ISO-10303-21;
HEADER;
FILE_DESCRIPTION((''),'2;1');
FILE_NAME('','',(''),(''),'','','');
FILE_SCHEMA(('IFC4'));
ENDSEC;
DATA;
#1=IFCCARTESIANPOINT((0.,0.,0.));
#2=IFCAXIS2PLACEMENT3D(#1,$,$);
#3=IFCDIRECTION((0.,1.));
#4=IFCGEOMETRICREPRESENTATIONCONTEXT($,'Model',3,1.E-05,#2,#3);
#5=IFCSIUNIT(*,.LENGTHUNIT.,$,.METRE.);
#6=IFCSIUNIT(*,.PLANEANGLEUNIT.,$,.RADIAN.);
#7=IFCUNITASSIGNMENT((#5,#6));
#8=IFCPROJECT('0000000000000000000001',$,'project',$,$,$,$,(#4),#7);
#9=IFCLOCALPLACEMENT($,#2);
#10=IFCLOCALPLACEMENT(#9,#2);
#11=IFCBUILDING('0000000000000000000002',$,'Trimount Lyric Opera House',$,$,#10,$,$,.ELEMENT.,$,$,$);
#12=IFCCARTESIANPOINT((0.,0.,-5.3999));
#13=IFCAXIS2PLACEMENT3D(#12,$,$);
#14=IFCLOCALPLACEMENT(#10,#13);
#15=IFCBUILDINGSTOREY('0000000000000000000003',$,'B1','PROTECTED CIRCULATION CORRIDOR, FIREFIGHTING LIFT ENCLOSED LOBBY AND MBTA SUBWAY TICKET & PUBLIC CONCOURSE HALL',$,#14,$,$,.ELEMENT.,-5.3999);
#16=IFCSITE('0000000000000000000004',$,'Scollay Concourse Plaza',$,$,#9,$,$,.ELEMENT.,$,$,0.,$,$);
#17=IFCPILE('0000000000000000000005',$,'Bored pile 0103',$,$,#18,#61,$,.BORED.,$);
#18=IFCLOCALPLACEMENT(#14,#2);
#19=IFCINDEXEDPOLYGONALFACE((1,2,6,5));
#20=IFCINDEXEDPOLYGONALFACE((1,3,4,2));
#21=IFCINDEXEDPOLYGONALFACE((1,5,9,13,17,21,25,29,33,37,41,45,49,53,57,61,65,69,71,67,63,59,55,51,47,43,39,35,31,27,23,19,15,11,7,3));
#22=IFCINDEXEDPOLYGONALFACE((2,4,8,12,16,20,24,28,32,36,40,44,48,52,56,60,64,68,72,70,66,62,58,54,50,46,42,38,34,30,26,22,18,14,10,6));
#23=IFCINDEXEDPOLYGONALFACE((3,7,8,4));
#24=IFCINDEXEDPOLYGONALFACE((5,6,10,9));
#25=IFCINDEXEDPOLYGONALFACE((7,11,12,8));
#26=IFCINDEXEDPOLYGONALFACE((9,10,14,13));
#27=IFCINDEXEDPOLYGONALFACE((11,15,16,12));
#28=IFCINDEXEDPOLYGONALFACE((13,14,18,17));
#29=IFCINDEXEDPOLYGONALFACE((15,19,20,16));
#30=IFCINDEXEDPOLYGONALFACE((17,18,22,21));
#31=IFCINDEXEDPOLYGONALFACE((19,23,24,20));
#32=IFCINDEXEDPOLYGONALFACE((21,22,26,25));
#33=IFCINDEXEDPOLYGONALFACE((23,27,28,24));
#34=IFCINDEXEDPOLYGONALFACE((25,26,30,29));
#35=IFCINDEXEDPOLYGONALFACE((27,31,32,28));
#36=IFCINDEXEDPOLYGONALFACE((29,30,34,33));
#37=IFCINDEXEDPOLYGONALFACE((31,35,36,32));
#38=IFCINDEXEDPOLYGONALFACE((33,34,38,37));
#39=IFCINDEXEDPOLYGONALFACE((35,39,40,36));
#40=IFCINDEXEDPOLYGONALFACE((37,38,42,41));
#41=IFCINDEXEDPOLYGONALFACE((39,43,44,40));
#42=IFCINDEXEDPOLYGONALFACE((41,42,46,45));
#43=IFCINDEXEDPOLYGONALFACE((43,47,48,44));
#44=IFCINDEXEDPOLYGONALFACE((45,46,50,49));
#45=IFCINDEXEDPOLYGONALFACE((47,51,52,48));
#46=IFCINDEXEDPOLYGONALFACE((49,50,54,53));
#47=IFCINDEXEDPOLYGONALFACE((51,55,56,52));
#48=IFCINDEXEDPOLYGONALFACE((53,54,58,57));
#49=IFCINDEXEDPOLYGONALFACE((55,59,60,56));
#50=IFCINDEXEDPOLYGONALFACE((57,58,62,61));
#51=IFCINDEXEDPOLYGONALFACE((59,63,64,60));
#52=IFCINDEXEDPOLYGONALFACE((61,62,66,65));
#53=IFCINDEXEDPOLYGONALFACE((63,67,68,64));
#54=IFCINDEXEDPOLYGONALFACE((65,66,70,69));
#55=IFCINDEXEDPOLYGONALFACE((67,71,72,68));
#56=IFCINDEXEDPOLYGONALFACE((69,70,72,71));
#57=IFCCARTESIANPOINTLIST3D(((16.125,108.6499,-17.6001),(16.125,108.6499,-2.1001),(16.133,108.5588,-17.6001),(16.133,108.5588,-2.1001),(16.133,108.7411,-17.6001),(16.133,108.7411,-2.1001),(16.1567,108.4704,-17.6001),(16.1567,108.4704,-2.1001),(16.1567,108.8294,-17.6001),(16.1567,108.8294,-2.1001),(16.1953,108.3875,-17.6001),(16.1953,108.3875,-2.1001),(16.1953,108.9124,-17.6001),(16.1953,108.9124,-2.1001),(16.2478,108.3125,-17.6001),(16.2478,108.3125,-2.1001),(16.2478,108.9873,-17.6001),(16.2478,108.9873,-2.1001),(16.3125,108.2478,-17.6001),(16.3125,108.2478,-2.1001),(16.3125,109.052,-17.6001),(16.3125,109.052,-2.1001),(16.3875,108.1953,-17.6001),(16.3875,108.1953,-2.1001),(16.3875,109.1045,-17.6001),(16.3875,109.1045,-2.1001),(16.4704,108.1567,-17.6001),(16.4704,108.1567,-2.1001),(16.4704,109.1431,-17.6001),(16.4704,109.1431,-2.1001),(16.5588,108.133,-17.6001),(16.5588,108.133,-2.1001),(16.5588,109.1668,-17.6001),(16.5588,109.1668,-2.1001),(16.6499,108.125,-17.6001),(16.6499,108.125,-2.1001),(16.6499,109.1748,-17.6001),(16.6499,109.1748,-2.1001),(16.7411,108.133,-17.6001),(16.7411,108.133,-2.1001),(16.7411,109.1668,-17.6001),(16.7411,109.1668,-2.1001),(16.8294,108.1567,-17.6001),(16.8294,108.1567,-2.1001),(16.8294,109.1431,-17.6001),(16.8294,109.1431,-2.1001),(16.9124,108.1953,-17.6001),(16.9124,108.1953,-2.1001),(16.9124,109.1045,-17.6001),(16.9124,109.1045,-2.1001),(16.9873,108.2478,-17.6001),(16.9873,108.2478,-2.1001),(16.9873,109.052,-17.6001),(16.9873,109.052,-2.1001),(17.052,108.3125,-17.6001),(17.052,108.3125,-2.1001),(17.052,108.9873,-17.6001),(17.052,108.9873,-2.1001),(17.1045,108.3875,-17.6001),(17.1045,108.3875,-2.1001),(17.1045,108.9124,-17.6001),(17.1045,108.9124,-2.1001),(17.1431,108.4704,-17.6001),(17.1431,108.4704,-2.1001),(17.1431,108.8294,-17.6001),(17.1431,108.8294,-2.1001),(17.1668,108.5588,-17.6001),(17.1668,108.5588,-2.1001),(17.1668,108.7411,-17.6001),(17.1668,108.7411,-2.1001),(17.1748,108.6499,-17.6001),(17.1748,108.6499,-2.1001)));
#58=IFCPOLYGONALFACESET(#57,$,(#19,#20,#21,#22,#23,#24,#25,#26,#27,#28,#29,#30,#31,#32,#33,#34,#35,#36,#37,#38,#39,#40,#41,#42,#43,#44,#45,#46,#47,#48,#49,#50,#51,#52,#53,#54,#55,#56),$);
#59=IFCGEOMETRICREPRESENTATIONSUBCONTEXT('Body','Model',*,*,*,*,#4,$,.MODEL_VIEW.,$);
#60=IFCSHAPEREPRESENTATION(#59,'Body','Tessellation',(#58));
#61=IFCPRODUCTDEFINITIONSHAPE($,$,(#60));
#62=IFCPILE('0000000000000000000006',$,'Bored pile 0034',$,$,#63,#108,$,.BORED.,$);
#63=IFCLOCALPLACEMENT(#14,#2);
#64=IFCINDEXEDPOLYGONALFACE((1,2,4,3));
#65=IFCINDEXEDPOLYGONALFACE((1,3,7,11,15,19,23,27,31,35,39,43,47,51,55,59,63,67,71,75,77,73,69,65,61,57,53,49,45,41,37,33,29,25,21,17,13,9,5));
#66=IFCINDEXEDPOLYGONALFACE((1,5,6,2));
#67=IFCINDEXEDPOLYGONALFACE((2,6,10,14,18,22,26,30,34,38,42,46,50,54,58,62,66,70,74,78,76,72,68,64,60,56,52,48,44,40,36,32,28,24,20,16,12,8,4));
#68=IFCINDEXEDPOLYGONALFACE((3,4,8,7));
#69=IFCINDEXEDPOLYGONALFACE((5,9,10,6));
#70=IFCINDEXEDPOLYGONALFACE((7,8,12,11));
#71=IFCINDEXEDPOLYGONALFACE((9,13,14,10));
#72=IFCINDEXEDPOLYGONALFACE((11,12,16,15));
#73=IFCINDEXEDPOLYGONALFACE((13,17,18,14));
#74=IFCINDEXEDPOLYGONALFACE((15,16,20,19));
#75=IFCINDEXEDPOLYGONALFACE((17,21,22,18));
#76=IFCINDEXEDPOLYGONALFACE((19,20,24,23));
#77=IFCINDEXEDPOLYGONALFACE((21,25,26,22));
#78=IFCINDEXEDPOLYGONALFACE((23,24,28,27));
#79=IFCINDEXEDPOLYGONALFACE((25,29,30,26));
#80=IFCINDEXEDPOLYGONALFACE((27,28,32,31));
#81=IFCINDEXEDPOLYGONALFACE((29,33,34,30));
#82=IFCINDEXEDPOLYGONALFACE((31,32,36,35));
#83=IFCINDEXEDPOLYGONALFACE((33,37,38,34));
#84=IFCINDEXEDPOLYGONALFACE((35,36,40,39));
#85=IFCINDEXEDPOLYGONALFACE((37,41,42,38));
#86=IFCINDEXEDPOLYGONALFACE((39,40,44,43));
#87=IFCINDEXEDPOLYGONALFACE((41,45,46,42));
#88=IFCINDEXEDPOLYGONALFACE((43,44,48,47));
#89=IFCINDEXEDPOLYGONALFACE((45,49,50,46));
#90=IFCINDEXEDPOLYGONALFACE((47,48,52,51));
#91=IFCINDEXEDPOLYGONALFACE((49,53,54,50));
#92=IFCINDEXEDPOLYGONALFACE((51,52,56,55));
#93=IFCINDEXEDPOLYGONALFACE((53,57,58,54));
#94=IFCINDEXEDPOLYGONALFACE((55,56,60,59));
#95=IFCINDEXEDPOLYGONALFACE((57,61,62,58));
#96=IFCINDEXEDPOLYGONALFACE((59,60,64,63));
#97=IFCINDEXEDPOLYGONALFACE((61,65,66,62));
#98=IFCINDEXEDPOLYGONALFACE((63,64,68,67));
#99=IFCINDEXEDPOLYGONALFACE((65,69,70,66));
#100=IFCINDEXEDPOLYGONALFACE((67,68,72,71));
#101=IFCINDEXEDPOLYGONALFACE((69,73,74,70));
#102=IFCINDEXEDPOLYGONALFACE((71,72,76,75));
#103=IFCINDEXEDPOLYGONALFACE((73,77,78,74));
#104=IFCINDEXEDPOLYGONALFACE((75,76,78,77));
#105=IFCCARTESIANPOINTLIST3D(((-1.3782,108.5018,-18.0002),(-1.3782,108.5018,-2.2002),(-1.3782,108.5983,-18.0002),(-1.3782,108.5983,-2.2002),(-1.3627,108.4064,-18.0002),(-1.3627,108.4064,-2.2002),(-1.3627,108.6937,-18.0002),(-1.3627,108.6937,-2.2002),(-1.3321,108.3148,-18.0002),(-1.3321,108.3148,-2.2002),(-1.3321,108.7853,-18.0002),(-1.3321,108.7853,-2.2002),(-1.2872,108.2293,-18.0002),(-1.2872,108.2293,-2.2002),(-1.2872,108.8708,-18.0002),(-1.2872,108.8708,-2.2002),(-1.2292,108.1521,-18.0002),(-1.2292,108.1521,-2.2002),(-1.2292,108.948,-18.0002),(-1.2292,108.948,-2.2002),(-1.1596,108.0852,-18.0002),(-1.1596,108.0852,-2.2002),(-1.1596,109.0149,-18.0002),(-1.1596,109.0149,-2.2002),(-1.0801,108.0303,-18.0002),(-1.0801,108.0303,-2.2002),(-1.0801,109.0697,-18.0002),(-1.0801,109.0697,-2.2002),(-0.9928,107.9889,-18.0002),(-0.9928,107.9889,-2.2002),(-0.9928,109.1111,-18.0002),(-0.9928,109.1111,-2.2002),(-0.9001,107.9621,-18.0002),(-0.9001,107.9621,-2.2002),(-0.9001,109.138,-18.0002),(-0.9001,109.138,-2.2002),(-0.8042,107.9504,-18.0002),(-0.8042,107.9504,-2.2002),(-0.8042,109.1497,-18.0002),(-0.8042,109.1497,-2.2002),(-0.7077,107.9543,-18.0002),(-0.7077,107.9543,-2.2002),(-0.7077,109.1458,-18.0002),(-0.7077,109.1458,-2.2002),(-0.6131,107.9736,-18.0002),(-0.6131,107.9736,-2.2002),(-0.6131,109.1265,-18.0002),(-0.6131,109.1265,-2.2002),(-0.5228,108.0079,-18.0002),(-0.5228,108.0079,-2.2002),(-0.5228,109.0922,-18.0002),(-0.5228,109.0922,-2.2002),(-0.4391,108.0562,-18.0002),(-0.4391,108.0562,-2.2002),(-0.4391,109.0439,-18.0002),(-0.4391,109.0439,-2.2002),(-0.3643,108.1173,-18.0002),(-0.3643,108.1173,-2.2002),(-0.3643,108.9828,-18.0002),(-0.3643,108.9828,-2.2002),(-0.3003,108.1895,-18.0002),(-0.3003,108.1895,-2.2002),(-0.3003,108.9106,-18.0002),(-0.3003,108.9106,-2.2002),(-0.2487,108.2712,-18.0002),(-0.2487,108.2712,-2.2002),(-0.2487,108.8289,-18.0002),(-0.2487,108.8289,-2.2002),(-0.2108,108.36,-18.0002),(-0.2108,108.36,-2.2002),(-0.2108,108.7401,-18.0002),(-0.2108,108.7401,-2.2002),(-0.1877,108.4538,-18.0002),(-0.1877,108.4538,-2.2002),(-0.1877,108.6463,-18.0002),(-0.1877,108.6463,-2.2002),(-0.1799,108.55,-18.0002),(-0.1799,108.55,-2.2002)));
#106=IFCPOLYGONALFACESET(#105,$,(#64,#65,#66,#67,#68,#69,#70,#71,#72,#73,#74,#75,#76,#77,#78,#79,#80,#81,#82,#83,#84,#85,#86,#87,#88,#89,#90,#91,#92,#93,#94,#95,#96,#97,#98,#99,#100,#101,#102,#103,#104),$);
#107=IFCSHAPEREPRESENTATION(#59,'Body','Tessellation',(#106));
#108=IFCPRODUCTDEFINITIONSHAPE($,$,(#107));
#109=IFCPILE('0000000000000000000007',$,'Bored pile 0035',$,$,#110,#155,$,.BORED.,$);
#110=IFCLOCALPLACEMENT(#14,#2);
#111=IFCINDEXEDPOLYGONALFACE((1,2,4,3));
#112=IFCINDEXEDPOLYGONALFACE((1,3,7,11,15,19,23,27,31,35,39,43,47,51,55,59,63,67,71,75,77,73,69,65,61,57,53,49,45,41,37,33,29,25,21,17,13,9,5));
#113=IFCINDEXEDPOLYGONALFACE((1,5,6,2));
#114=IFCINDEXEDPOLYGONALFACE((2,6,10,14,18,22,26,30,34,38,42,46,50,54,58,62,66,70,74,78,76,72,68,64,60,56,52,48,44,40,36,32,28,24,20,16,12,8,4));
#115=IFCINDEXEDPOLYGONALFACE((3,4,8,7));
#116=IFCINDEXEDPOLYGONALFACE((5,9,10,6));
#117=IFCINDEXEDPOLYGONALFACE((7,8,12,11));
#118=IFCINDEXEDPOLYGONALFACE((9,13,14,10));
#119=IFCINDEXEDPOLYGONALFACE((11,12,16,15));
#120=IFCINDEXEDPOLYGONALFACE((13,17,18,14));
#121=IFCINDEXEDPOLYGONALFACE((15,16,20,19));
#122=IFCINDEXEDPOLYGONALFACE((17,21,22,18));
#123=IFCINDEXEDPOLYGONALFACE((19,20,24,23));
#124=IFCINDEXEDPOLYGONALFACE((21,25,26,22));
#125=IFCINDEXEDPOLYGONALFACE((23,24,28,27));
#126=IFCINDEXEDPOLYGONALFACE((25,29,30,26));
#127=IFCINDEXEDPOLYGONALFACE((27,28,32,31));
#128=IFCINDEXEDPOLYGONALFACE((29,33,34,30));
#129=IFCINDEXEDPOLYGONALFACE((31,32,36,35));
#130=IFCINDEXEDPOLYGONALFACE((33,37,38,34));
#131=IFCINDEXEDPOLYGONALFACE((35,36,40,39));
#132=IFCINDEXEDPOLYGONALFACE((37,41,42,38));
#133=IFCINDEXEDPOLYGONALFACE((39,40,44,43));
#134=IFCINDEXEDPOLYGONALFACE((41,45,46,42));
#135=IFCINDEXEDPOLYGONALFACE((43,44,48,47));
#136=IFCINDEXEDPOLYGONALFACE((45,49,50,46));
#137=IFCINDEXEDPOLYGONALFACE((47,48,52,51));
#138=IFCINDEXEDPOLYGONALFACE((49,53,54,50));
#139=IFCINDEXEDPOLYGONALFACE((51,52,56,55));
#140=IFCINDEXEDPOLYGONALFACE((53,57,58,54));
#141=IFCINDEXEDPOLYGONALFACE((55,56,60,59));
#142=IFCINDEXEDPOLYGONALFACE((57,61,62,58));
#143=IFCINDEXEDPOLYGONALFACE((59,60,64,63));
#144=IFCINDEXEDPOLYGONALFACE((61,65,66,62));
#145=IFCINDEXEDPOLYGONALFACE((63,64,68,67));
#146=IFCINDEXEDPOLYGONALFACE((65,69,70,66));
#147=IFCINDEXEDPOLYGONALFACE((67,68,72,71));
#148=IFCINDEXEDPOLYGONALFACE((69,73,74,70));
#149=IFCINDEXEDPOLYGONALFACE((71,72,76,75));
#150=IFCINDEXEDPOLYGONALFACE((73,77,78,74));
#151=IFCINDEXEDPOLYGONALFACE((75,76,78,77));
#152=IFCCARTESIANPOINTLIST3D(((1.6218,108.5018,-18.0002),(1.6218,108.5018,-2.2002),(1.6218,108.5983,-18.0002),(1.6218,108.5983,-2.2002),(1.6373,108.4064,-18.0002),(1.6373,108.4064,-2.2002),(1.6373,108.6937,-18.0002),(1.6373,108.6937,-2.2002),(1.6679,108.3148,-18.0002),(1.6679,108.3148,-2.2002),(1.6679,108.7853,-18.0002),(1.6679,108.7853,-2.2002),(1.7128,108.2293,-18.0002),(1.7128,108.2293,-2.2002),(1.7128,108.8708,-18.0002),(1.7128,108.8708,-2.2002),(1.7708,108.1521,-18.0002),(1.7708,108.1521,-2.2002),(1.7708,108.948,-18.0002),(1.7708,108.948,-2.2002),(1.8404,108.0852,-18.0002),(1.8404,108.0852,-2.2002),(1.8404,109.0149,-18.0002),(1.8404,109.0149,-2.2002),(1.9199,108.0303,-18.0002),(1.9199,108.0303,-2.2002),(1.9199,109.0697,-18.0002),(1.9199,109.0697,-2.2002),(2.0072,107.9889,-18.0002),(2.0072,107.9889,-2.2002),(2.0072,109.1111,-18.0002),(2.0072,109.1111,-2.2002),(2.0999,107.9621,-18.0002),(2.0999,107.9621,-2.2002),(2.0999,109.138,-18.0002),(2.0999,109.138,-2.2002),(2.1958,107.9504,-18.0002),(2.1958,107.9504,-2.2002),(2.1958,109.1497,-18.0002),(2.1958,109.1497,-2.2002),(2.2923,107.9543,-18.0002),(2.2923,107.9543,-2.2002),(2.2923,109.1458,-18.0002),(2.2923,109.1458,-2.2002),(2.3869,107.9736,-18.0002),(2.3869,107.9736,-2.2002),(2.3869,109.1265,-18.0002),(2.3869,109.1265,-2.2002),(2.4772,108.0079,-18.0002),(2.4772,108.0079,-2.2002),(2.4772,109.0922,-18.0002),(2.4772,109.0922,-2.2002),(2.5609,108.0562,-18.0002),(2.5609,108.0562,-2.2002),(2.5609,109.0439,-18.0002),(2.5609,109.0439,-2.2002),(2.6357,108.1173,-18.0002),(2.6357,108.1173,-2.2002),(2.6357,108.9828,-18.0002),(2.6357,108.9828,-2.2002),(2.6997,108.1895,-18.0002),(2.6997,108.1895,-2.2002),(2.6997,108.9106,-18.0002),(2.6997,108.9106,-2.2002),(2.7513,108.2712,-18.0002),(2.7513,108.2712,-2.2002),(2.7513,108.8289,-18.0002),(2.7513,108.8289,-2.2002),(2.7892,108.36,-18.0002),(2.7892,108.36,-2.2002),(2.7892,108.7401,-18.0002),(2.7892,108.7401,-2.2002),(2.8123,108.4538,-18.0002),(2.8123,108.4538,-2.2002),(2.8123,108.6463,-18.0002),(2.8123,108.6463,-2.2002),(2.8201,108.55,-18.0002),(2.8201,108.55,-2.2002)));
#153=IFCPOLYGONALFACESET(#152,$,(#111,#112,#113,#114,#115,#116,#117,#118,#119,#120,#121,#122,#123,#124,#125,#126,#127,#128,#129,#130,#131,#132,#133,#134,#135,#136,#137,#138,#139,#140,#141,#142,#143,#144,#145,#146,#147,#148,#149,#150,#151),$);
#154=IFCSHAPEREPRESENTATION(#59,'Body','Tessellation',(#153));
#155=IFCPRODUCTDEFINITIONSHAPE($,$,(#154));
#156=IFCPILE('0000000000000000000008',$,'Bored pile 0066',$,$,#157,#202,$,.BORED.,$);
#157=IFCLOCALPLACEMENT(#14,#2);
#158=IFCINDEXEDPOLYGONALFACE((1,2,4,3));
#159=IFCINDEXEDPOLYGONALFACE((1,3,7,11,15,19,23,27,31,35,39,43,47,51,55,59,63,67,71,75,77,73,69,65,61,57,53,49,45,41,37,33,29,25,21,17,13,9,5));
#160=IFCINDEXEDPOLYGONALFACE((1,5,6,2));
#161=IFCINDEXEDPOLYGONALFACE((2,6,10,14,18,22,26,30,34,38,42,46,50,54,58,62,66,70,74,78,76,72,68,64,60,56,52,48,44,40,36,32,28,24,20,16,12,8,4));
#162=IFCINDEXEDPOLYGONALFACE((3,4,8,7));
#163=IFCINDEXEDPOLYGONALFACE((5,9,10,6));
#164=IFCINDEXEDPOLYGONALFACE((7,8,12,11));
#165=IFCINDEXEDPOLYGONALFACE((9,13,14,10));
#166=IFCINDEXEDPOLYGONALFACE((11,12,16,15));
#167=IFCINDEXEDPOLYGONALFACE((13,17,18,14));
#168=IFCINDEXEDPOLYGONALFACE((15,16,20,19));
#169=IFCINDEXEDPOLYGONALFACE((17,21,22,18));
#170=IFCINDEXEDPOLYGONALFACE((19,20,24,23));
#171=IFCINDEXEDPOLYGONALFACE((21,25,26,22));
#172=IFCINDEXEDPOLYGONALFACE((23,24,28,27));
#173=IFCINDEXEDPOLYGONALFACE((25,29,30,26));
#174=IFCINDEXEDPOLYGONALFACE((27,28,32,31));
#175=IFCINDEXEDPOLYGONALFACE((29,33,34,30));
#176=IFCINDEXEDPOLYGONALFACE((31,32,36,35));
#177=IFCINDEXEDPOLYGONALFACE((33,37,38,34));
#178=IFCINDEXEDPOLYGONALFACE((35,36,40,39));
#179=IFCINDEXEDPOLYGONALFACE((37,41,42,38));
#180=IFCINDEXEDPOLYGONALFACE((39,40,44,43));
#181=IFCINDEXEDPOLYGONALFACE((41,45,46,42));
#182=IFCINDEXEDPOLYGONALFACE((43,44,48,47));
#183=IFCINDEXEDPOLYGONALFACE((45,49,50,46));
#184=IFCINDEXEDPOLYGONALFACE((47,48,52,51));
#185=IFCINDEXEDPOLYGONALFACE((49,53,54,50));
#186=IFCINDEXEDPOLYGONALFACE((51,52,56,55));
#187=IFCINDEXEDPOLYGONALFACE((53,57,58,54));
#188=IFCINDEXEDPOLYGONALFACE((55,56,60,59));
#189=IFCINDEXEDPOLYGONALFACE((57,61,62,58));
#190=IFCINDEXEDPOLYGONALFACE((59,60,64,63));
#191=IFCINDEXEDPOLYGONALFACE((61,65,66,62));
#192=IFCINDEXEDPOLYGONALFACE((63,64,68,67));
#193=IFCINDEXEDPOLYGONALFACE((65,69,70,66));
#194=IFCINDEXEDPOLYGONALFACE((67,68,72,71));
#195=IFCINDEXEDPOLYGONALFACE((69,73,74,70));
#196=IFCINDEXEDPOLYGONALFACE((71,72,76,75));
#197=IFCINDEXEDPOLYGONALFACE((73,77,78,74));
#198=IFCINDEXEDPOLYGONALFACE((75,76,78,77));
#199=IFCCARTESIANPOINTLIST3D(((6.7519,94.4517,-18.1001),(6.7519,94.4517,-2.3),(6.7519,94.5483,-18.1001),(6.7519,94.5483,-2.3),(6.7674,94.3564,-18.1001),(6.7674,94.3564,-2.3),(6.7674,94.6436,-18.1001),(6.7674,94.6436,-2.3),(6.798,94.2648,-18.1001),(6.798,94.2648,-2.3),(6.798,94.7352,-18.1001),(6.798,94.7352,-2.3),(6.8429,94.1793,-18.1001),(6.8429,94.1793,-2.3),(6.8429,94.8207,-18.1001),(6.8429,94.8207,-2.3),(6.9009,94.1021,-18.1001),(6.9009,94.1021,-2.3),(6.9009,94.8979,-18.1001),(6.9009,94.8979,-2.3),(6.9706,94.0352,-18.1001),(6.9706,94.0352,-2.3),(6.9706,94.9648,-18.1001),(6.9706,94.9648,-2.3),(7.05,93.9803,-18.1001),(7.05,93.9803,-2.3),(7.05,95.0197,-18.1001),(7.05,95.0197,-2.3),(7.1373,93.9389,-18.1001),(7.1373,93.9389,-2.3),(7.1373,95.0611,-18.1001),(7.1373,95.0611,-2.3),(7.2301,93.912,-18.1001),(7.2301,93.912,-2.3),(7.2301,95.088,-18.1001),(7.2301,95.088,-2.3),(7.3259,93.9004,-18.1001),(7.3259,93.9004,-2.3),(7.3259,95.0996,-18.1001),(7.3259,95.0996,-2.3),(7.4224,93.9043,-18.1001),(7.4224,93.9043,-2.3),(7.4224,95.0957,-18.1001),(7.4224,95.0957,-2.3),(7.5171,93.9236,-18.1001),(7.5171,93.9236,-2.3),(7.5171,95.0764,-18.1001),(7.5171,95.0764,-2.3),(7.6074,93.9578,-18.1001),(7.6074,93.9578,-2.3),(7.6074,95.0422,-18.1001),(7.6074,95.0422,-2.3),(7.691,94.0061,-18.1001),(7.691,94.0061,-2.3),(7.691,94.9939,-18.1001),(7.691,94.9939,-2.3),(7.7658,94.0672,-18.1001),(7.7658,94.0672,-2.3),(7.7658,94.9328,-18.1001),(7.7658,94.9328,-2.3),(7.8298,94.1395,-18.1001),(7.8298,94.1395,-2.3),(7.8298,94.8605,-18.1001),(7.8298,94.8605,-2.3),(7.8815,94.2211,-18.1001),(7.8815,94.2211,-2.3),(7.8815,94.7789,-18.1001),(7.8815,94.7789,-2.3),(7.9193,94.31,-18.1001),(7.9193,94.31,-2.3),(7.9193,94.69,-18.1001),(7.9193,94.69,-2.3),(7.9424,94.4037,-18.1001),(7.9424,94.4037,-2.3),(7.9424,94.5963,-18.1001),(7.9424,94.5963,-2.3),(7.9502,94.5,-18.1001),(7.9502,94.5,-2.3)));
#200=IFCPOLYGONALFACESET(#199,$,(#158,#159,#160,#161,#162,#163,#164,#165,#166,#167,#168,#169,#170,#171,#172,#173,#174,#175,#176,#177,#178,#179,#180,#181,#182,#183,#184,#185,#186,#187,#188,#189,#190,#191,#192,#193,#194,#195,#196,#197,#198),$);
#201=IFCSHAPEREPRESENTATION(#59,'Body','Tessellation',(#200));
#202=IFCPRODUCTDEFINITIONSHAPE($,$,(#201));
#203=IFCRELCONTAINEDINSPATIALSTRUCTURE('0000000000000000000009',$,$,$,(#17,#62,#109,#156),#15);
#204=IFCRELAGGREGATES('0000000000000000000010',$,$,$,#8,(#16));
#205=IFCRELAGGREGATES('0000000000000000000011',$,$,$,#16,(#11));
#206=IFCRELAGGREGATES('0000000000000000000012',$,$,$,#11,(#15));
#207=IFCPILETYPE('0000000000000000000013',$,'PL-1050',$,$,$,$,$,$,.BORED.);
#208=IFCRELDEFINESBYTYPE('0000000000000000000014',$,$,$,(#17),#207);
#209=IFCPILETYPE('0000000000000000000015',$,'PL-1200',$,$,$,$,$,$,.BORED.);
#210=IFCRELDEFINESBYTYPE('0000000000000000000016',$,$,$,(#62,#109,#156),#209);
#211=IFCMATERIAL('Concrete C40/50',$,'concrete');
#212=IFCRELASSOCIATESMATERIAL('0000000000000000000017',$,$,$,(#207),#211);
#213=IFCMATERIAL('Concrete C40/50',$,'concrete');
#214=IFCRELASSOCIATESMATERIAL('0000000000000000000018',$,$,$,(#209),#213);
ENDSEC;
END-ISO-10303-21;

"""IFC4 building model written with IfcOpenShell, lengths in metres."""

from ifc_helpers import new_model, si_unit, direction, frame, origin, origin_2d, place, context, subcontext, project, spatial, circle, extrude, material, material_profile, profile_set, type_object, element, save


model = new_model("IFC4")

# Units and contexts
model_context = context("Model", 3, precision=1e-05, world=origin(), true_north=direction((0.0, 1.0)))
body_context = subcontext(model_context, "Body", "Model", "MODEL_VIEW")
ifc_project = project(units=[si_unit("LENGTHUNIT", "METRE"), si_unit("PLANEANGLEUNIT", "RADIAN")], contexts=[model_context])

# Site, building, storey
site_placement = place(None, origin())
site = spatial("IfcSite", under=ifc_project, at=site_placement, Name="Scollay Concourse Plaza", CompositionType="ELEMENT", RefElevation=0.0)
building_placement = place(site_placement, origin())
building = spatial("IfcBuilding", under=site, at=building_placement, Name="Trimount Lyric Opera House", CompositionType="ELEMENT")
storey_placement = place(building_placement, frame((0.0, 0.0, -5.3999)))
storey = spatial("IfcBuildingStorey", under=building, at=storey_placement, Name="B1", Description="PROTECTED CIRCULATION CORRIDOR, FIREFIGHTING LIFT ENCLOSED LOBBY AND MBTA SUBWAY TICKET & PUBLIC CONCOURSE HALL", CompositionType="ELEMENT", Elevation=-5.3999)

# Piles
ifc_material_1 = material(Name="Concrete C40/50", Category="concrete")
ifc_material_profile_1 = material_profile(ifc_material_1, circle(Radius=0.5249, at=origin_2d()), Name="PILE-D1050")
ifc_profile_set_1 = profile_set([ifc_material_profile_1], Name="Concrete C40/50")
pile_type_1 = type_object("IfcPileType", Name="PL-1050", PredefinedType="BORED", material=ifc_profile_set_1)
pile_placement = place(storey_placement, frame((16.6499, 108.6499, -2.1001), z_axis=(0.0, 0.0, -1.0), x_axis=(1.0, 0.0, 0.0)))
element("IfcPile", 1, at=pile_placement, inside=storey, type_object=pile_type_1, Name="Bored pile 0103", PredefinedType="BORED", context=body_context, shape_type="SweptSolid", body=[
    extrude(circle(Radius=0.5249, at=origin_2d()), origin(), (0.0, 0.0, 1.0), 15.5),
])
ifc_material_2 = material(Name="Concrete C40/50", Category="concrete")
ifc_material_profile_2 = material_profile(ifc_material_2, circle(Radius=0.6001, at=origin_2d()), Name="PILE-D1200")
ifc_profile_set_2 = profile_set([ifc_material_profile_2], Name="Concrete C40/50")
pile_type_2 = type_object("IfcPileType", Name="PL-1200", PredefinedType="BORED", material=ifc_profile_set_2)
for number, where, z_axis, x_axis, name in (
    (2, (-0.78, 108.55, -2.2002), (0.0, 0.0, -1.0), (1.0, 0.0, 0.0), "Bored pile 0034"),
    (3, (2.22, 108.55, -2.2002), (0.0, 0.0, -1.0), (1.0, 0.0, 0.0), "Bored pile 0035"),
    (4, (7.3501, 94.5, -2.3), (0.0, 0.0, -1.0), (1.0, 0.0, 0.0), "Bored pile 0066"),
):
    element("IfcPile", number, at=place(storey_placement, frame(where, z_axis=z_axis, x_axis=x_axis)), inside=storey, type_object=pile_type_2, Name=name, PredefinedType="BORED", context=body_context, shape_type="SweptSolid", body=[
        extrude(circle(Radius=0.6001, at=origin_2d()), origin(), (0.0, 0.0, 1.0), 15.8),
    ])

save(model, "model.ifc")
